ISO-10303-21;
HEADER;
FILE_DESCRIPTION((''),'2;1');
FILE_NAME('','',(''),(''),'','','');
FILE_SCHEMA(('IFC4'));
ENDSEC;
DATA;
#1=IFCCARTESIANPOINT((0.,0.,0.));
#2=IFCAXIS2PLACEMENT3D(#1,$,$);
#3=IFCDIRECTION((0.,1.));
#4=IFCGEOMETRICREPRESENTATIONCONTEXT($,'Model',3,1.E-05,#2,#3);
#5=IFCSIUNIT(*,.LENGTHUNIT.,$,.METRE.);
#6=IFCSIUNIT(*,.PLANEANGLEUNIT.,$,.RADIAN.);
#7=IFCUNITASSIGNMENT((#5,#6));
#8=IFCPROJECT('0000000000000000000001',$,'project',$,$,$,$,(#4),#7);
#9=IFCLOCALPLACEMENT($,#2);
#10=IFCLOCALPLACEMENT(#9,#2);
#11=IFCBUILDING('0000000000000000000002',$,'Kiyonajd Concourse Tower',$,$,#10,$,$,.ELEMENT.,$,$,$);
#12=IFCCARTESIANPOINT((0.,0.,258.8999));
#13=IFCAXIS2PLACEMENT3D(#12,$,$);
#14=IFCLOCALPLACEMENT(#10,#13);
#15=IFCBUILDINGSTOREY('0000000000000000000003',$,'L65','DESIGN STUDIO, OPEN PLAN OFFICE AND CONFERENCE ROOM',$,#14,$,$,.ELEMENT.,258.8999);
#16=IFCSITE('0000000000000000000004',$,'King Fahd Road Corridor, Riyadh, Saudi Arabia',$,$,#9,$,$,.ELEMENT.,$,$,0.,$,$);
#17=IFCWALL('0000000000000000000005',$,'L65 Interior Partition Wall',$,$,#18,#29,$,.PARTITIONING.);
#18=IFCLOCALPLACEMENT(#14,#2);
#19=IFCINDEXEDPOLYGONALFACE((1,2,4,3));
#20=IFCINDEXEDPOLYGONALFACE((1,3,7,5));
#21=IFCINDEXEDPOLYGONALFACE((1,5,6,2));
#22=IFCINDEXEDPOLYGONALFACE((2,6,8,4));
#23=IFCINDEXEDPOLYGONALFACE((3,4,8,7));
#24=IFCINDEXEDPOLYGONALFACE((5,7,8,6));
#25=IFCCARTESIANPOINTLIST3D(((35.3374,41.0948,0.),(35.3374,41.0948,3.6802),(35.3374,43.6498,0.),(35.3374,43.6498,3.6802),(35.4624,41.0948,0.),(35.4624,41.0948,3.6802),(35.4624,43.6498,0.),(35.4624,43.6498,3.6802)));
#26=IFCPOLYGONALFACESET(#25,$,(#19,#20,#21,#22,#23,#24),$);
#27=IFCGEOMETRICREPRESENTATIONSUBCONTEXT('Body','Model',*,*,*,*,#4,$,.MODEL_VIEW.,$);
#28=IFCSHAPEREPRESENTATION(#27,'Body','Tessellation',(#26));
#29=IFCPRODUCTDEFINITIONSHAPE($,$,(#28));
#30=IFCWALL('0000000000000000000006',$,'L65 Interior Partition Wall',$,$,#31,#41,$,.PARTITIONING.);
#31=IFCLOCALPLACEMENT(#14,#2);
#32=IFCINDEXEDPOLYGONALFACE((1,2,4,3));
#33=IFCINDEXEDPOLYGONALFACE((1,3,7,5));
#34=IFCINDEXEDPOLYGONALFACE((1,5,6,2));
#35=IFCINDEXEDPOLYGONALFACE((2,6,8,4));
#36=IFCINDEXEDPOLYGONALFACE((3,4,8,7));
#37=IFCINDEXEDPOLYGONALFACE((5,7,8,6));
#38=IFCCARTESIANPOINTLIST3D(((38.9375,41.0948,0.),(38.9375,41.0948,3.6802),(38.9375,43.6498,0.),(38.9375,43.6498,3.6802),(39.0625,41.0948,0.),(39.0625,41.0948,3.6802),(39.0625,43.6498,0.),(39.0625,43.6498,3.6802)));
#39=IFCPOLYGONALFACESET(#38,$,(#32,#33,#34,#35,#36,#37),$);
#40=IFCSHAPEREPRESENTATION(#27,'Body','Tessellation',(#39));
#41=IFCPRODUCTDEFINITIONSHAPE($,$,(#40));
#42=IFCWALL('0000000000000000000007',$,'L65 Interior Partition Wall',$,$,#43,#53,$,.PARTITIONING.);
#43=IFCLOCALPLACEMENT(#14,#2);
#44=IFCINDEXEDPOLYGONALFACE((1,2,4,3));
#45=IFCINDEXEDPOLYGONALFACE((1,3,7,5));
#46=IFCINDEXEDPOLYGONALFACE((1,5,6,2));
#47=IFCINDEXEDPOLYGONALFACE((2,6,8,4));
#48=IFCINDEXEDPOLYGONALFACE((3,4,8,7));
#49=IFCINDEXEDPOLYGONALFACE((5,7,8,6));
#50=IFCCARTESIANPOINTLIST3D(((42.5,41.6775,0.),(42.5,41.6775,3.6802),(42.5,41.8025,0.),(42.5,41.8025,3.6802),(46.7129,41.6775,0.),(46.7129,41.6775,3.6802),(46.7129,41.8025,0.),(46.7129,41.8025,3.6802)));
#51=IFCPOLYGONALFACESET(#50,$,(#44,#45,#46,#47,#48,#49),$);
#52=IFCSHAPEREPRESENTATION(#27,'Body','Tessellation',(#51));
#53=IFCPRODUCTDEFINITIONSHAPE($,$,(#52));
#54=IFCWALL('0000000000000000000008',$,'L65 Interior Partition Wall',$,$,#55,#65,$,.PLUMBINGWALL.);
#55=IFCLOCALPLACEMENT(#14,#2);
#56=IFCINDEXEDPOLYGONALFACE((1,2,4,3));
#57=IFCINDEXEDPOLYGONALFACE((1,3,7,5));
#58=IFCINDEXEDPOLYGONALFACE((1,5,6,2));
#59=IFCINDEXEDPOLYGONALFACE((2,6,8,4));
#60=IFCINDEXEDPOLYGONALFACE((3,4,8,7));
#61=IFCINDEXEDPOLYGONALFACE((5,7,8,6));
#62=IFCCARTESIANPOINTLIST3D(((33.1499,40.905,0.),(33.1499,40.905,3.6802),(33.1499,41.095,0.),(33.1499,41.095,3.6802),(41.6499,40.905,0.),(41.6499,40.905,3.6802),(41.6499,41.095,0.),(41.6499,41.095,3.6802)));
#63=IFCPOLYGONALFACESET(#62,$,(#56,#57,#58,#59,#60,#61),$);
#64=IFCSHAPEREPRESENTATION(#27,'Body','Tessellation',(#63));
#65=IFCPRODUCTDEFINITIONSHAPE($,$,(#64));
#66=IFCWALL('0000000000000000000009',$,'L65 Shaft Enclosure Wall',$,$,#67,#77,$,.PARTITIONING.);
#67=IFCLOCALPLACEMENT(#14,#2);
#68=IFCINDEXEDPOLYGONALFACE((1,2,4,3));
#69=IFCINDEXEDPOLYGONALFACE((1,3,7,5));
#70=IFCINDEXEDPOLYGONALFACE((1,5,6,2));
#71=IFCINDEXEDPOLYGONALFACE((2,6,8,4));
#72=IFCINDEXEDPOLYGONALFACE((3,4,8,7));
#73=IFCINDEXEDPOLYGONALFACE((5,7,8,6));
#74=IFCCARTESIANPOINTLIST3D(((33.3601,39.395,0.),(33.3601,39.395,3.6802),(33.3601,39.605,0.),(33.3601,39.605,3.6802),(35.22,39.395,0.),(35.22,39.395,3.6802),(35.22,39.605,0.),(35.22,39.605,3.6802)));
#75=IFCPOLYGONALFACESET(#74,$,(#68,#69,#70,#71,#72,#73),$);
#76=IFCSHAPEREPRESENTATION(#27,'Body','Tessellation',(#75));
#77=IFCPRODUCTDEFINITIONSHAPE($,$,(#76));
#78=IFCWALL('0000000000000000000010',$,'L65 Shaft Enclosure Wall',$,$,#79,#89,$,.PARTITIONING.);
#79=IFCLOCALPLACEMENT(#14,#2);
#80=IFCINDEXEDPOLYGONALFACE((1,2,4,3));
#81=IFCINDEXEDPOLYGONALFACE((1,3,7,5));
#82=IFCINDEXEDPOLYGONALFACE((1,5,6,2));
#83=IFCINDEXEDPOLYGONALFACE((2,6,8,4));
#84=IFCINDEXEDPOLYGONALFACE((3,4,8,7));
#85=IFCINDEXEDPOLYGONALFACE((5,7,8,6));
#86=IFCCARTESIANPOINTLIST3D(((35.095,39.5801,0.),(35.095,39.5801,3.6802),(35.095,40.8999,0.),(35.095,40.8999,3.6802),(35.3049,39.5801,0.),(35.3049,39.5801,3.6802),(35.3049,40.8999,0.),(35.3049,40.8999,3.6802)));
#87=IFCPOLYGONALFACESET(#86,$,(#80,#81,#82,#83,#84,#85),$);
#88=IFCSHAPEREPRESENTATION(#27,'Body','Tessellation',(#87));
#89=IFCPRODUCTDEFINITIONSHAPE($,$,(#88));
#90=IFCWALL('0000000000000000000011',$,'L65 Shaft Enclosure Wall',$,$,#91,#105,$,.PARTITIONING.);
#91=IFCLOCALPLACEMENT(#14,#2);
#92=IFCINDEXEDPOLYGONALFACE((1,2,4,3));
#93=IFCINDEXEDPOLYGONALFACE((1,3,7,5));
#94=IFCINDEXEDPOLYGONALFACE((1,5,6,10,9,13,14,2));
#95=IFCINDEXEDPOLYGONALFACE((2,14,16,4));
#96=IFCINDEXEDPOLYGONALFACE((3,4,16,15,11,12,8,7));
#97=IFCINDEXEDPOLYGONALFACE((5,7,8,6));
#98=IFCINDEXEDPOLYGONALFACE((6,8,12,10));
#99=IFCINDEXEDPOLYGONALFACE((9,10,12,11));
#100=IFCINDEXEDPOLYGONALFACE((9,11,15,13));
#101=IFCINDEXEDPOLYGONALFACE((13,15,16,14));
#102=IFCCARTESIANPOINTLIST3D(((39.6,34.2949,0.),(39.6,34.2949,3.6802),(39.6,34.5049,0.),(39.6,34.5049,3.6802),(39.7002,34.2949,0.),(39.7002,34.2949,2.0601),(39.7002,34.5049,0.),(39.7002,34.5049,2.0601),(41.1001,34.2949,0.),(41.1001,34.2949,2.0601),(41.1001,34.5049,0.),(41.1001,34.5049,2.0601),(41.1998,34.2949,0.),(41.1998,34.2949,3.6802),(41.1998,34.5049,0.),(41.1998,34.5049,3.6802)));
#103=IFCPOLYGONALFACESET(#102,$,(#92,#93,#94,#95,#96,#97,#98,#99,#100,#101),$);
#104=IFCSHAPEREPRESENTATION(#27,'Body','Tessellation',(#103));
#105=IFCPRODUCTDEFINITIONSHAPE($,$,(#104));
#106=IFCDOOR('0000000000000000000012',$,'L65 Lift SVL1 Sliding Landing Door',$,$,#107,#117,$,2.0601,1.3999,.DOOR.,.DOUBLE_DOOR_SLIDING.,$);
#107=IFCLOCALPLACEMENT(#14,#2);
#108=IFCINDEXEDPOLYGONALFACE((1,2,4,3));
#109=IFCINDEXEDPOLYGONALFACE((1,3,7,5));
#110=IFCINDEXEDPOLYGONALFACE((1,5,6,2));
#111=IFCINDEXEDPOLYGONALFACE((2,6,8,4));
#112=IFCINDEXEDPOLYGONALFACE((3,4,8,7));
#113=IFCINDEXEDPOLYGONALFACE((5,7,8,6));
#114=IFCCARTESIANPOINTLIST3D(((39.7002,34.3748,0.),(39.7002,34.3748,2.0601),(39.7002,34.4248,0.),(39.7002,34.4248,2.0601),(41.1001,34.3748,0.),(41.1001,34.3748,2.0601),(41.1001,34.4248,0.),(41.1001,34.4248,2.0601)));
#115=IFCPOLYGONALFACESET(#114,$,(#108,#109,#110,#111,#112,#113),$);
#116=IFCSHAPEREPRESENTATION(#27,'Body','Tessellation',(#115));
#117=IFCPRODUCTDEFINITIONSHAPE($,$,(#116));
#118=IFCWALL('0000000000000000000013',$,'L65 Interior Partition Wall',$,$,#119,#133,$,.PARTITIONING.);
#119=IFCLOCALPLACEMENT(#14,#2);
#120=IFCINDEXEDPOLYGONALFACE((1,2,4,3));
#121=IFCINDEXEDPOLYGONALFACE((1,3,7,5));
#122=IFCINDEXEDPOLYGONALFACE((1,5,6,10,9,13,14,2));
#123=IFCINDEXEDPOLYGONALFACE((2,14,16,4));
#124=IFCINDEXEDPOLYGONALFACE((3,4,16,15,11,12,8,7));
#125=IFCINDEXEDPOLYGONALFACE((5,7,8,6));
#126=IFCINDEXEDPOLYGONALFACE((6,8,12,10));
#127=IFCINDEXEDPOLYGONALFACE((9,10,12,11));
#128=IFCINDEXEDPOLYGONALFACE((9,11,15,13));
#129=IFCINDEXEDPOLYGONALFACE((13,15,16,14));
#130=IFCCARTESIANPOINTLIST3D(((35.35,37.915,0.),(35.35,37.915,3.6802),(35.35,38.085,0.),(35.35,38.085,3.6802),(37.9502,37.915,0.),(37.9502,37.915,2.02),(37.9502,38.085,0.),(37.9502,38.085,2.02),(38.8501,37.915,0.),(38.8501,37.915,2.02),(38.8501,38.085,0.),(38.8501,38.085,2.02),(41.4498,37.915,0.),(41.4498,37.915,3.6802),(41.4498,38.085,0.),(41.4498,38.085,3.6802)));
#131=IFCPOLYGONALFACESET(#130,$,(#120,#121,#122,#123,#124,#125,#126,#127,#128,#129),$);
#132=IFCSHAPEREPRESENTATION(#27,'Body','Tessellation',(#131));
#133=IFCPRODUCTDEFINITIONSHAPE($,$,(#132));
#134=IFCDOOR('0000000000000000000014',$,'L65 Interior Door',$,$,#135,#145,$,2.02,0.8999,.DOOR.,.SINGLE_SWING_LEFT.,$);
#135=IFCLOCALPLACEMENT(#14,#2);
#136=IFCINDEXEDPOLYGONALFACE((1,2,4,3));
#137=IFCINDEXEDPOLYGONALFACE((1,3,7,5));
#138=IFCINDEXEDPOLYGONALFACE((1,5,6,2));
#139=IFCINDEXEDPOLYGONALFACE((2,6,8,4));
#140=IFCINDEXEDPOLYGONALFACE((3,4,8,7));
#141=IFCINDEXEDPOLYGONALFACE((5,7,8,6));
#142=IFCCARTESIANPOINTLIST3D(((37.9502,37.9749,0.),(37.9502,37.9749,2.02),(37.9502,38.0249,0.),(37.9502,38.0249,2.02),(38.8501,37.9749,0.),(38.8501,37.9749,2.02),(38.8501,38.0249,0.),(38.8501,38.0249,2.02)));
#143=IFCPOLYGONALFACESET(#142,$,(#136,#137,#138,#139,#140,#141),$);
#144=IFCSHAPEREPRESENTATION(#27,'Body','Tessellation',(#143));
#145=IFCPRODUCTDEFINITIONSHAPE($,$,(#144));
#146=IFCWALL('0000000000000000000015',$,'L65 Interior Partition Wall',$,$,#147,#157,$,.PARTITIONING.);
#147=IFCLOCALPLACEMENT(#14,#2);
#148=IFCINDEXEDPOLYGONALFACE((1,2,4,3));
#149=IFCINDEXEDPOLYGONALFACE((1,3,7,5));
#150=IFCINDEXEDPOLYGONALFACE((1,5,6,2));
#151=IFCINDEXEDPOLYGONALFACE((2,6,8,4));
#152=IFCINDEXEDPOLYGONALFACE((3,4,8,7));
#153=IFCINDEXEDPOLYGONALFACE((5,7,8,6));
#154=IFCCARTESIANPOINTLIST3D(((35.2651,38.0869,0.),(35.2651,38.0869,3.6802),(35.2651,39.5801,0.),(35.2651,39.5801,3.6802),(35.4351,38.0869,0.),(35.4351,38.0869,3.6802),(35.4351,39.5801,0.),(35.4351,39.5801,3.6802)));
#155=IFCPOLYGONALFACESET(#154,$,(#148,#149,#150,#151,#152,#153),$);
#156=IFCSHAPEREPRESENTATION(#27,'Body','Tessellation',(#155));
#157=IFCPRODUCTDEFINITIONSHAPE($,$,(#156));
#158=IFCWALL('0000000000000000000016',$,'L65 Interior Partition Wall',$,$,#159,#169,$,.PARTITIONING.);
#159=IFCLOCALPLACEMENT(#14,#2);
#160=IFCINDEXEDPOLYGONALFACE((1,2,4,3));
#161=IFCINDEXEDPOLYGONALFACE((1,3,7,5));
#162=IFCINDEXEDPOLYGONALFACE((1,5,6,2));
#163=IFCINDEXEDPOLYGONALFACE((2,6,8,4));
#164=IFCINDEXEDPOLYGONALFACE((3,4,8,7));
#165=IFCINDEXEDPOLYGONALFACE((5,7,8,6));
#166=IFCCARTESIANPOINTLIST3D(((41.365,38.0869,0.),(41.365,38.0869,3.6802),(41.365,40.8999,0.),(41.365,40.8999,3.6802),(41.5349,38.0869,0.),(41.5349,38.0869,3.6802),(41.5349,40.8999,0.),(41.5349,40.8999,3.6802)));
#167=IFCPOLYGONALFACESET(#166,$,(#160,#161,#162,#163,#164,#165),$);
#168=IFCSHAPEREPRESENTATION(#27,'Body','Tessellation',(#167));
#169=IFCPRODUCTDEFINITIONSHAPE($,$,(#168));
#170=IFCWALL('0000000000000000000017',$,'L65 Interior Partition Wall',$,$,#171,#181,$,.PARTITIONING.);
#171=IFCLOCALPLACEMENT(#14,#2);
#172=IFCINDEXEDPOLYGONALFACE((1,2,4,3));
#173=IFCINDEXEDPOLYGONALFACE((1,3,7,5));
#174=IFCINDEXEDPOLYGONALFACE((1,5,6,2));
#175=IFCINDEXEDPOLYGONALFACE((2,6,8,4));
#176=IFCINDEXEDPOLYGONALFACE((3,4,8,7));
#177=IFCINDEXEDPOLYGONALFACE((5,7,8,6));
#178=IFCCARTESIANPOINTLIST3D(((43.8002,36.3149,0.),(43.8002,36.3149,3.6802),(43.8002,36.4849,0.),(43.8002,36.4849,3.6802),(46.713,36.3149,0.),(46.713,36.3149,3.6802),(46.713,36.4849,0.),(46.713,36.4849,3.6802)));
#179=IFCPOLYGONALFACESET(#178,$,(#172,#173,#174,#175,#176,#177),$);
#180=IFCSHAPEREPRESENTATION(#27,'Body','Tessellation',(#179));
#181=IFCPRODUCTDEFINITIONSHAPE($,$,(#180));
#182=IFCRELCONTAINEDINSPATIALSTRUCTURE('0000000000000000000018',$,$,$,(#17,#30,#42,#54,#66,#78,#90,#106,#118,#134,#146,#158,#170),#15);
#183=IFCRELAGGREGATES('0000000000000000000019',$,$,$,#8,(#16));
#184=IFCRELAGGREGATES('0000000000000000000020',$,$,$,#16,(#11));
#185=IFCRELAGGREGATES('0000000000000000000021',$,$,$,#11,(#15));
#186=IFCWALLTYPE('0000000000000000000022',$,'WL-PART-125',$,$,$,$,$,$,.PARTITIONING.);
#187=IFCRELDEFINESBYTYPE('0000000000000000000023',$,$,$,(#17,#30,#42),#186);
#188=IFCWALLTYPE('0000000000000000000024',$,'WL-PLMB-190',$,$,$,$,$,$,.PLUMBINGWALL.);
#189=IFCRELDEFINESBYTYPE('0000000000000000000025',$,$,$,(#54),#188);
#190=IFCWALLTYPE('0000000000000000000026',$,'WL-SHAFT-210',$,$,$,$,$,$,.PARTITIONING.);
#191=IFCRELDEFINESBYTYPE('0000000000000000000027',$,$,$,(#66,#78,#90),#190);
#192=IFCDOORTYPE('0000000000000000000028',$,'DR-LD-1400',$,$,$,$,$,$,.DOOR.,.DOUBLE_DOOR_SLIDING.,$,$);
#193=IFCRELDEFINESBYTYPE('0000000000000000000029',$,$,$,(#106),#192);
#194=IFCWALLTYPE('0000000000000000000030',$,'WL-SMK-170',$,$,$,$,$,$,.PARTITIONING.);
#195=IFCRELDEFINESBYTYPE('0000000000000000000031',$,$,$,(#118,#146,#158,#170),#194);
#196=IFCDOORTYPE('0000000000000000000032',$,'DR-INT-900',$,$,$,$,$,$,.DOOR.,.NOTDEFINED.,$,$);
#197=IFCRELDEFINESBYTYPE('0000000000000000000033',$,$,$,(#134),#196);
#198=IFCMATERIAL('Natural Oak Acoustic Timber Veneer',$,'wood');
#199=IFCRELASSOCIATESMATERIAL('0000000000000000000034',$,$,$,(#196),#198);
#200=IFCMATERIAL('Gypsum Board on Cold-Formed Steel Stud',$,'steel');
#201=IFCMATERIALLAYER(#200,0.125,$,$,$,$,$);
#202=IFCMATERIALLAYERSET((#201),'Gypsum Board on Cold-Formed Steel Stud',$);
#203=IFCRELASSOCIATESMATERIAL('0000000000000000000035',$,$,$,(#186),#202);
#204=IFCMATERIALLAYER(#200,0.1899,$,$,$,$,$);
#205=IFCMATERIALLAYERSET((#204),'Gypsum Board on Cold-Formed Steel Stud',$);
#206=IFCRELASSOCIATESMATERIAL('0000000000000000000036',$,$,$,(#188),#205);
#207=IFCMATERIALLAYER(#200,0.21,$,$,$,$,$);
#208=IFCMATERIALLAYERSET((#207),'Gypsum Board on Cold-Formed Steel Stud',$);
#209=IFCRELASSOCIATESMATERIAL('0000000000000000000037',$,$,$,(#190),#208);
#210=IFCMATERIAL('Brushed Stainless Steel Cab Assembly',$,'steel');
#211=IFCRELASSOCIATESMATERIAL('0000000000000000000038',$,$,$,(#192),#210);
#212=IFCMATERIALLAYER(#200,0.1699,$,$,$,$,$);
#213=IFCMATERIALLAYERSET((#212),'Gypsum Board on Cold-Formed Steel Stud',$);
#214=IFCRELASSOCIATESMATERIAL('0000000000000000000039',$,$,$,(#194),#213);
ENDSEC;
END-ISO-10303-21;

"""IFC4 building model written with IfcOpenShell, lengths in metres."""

from ifc_helpers import new_model, si_unit, direction, frame, frame_2d, origin, place, context, subcontext, project, spatial, rectangle, extrude, material, layer, layer_set, type_object, element, fill, save


model = new_model("IFC4")

# Units and contexts
model_context = context("Model", 3, precision=1e-05, world=origin(), true_north=direction((0.0, 1.0)))
body_context = subcontext(model_context, "Body", "Model", "MODEL_VIEW")
ifc_project = project(units=[si_unit("LENGTHUNIT", "METRE"), si_unit("PLANEANGLEUNIT", "RADIAN")], contexts=[model_context])

# Site, building, storey
site_placement = place(None, origin())
site = spatial("IfcSite", under=ifc_project, at=site_placement, Name="King Fahd Road Corridor, Riyadh, Saudi Arabia", CompositionType="ELEMENT", RefElevation=0.0)
building_placement = place(site_placement, origin())
building = spatial("IfcBuilding", under=site, at=building_placement, Name="Kiyonajd Concourse Tower", CompositionType="ELEMENT")
storey_placement = place(building_placement, frame((0.0, 0.0, 258.8999)))
storey = spatial("IfcBuildingStorey", under=building, at=storey_placement, Name="L65", Description="DESIGN STUDIO, OPEN PLAN OFFICE AND CONFERENCE ROOM", CompositionType="ELEMENT", Elevation=258.8999)

# Shared definitions
ifc_material_1 = material(Name="Natural Oak Acoustic Timber Veneer", Category="wood")
door_type_1 = type_object("IfcDoorType", Name="DR-INT-900", OperationType="NOTDEFINED", PredefinedType="DOOR", material=ifc_material_1)

# Walls
ifc_material_2 = material(Name="Gypsum Board on Cold-Formed Steel Stud", Category="steel")
ifc_layer_1 = layer(ifc_material_2, 0.125)
ifc_layer_set_1 = layer_set([ifc_layer_1], Name="Gypsum Board on Cold-Formed Steel Stud")
wall_type_1 = type_object("IfcWallType", Name="WL-PART-125", PredefinedType="PARTITIONING", material=ifc_layer_set_1)
for number, where, z_axis, x_axis, name in (
    (1, (35.3999, 41.095, 0.0), (0.0, 0.0, 1.0), (0.0, 1.0, 0.0), "L65 Interior Partition Wall"),
    (2, (39.0, 41.095, 0.0), (0.0, 0.0, 1.0), (0.0, 1.0, 0.0), "L65 Interior Partition Wall"),
):
    element("IfcWall", number, at=place(storey_placement, frame(where, z_axis=z_axis, x_axis=x_axis)), inside=storey, type_object=wall_type_1, Name=name, PredefinedType="PARTITIONING", context=body_context, shape_type="SweptSolid", body=[
        extrude(rectangle(XDim=2.5549, YDim=0.125, at=frame_2d((1.2773, 0.0))), origin(), (0.0, 0.0, 1.0), 3.6802),
    ])
wall_1_placement = place(storey_placement, frame((42.5, 41.74, 0.0), z_axis=(0.0, 0.0, 1.0), x_axis=(1.0, 0.0, 0.0)))
element("IfcWall", 3, at=wall_1_placement, inside=storey, type_object=wall_type_1, Name="L65 Interior Partition Wall", PredefinedType="PARTITIONING", context=body_context, shape_type="SweptSolid", body=[
    extrude(rectangle(XDim=4.2129, YDim=0.125, at=frame_2d((2.1064, 0.0))), origin(), (0.0, 0.0, 1.0), 3.6802),
])
ifc_layer_2 = layer(ifc_material_2, 0.1899)
ifc_layer_set_2 = layer_set([ifc_layer_2], Name="Gypsum Board on Cold-Formed Steel Stud")
wall_type_2 = type_object("IfcWallType", Name="WL-PLMB-190", PredefinedType="PLUMBINGWALL", material=ifc_layer_set_2)
wall_2_placement = place(storey_placement, frame((33.1499, 41.0, 0.0), z_axis=(0.0, 0.0, 1.0), x_axis=(1.0, 0.0, 0.0)))
element("IfcWall", 4, at=wall_2_placement, inside=storey, type_object=wall_type_2, Name="L65 Interior Partition Wall", PredefinedType="PLUMBINGWALL", context=body_context, shape_type="SweptSolid", body=[
    extrude(rectangle(XDim=8.5, YDim=0.1899, at=frame_2d((4.25, 0.0))), origin(), (0.0, 0.0, 1.0), 3.6802),
])
ifc_layer_3 = layer(ifc_material_2, 0.21)
ifc_layer_set_3 = layer_set([ifc_layer_3], Name="Gypsum Board on Cold-Formed Steel Stud")
wall_type_3 = type_object("IfcWallType", Name="WL-SHAFT-210", PredefinedType="PARTITIONING", material=ifc_layer_set_3)
wall_3_placement = place(storey_placement, frame((33.3601, 39.5, 0.0), z_axis=(0.0, 0.0, 1.0), x_axis=(1.0, 0.0, 0.0)))
element("IfcWall", 5, at=wall_3_placement, inside=storey, type_object=wall_type_3, Name="L65 Shaft Enclosure Wall", PredefinedType="PARTITIONING", context=body_context, shape_type="SweptSolid", body=[
    extrude(rectangle(XDim=1.8599, YDim=0.21, at=frame_2d((0.9299, 0.0))), origin(), (0.0, 0.0, 1.0), 3.6802),
])
wall_4_placement = place(storey_placement, frame((35.2, 39.5801, 0.0), z_axis=(0.0, 0.0, 1.0), x_axis=(0.0, 1.0, 0.0)))
element("IfcWall", 6, at=wall_4_placement, inside=storey, type_object=wall_type_3, Name="L65 Shaft Enclosure Wall", PredefinedType="PARTITIONING", context=body_context, shape_type="SweptSolid", body=[
    extrude(rectangle(XDim=1.3198, YDim=0.21, at=frame_2d((0.6599, 0.0))), origin(), (0.0, 0.0, 1.0), 3.6802),
])

# Walls, openings, doors
wall_5_placement = place(storey_placement, frame((39.6001, 34.3999, 0.0), z_axis=(0.0, 0.0, 1.0), x_axis=(1.0, 0.0, 0.0)))
wall_5 = element("IfcWall", 7, at=wall_5_placement, inside=storey, type_object=wall_type_3, Name="L65 Shaft Enclosure Wall", PredefinedType="PARTITIONING", context=body_context, shape_type="SweptSolid", body=[
    extrude(rectangle(XDim=1.5999, YDim=0.21, at=frame_2d((0.7998, 0.0))), origin(), (0.0, 0.0, 1.0), 3.6802),
])
opening_1_placement = place(wall_5_placement, frame((0.1001, 0.0, 0.0)))
opening_1 = element("IfcOpeningElement", 8, at=opening_1_placement, cuts=wall_5, PredefinedType="OPENING", context=body_context, shape_type="SweptSolid", body=[
    extrude(rectangle(XDim=1.3999, YDim=2.0601, at=frame_2d((0.7, 1.03))), frame((0.0, 0.115, 0.0), z_axis=(0.0, -1.0, 0.0), x_axis=(1.0, 0.0, 0.0)), (0.0, 0.0, 1.0), 0.23),
])
ifc_material_3 = material(Name="Brushed Stainless Steel Cab Assembly", Category="steel")
door_type_2 = type_object("IfcDoorType", Name="DR-LD-1400", OperationType="DOUBLE_DOOR_SLIDING", PredefinedType="DOOR", material=ifc_material_3)
door_1_placement = place(opening_1_placement, origin())
door_1 = element("IfcDoor", 9, at=door_1_placement, inside=storey, type_object=door_type_2, Name="L65 Lift SVL1 Sliding Landing Door", OperationType="DOUBLE_DOOR_SLIDING", OverallHeight=2.0601, OverallWidth=1.3999, PredefinedType="DOOR", context=body_context, shape_type="SweptSolid", body=[
    extrude(rectangle(XDim=1.3999, YDim=2.0601, at=frame_2d((0.7, 1.03))), frame((0.0, 0.0249, 0.0), z_axis=(0.0, -1.0, 0.0), x_axis=(1.0, 0.0, 0.0)), (0.0, 0.0, 1.0), 0.05),
])
fill(opening_1, door_1)
ifc_layer_4 = layer(ifc_material_2, 0.1699)
ifc_layer_set_4 = layer_set([ifc_layer_4], Name="Gypsum Board on Cold-Formed Steel Stud")
wall_type_4 = type_object("IfcWallType", Name="WL-SMK-170", PredefinedType="PARTITIONING", material=ifc_layer_set_4)
wall_6_placement = place(storey_placement, frame((35.3501, 38.0, 0.0), z_axis=(0.0, 0.0, 1.0), x_axis=(1.0, 0.0, 0.0)))
wall_6 = element("IfcWall", 10, at=wall_6_placement, inside=storey, type_object=wall_type_4, Name="L65 Interior Partition Wall", PredefinedType="PARTITIONING", context=body_context, shape_type="SweptSolid", body=[
    extrude(rectangle(XDim=6.0999, YDim=0.1699, at=frame_2d((3.0498, 0.0))), origin(), (0.0, 0.0, 1.0), 3.6802),
])
opening_2_placement = place(wall_6_placement, frame((2.6001, 0.0, 0.0)))
opening_2 = element("IfcOpeningElement", 11, at=opening_2_placement, cuts=wall_6, PredefinedType="OPENING", context=body_context, shape_type="SweptSolid", body=[
    extrude(rectangle(XDim=0.8999, YDim=2.02, at=frame_2d((0.45, 1.01))), frame((0.0, 0.095, 0.0), z_axis=(0.0, -1.0, 0.0), x_axis=(1.0, 0.0, 0.0)), (0.0, 0.0, 1.0), 0.1899),
])
door_2_placement = place(opening_2_placement, origin())
door_2 = element("IfcDoor", 12, at=door_2_placement, inside=storey, type_object=door_type_1, Name="L65 Interior Door", OperationType="SINGLE_SWING_LEFT", OverallHeight=2.02, OverallWidth=0.8999, PredefinedType="DOOR", context=body_context, shape_type="SweptSolid", body=[
    extrude(rectangle(XDim=0.8999, YDim=2.02, at=frame_2d((0.45, 1.01))), frame((0.0, 0.0249, 0.0), z_axis=(0.0, -1.0, 0.0), x_axis=(1.0, 0.0, 0.0)), (0.0, 0.0, 1.0), 0.05),
])
fill(opening_2, door_2)

# Walls
wall_7_placement = place(storey_placement, frame((35.3501, 38.0869, 0.0), z_axis=(0.0, 0.0, 1.0), x_axis=(0.0, 1.0, 0.0)))
element("IfcWall", 13, at=wall_7_placement, inside=storey, type_object=wall_type_4, Name="L65 Interior Partition Wall", PredefinedType="PARTITIONING", context=body_context, shape_type="SweptSolid", body=[
    extrude(rectangle(XDim=1.4932, YDim=0.1699, at=frame_2d((0.7466, 0.0))), origin(), (0.0, 0.0, 1.0), 3.6802),
])
wall_8_placement = place(storey_placement, frame((41.45, 38.0869, 0.0), z_axis=(0.0, 0.0, 1.0), x_axis=(0.0, 1.0, 0.0)))
element("IfcWall", 14, at=wall_8_placement, inside=storey, type_object=wall_type_4, Name="L65 Interior Partition Wall", PredefinedType="PARTITIONING", context=body_context, shape_type="SweptSolid", body=[
    extrude(rectangle(XDim=2.813, YDim=0.1699, at=frame_2d((1.4065, 0.0))), origin(), (0.0, 0.0, 1.0), 3.6802),
])
wall_9_placement = place(storey_placement, frame((43.8, 36.3999, 0.0), z_axis=(0.0, 0.0, 1.0), x_axis=(1.0, 0.0, 0.0)))
element("IfcWall", 15, at=wall_9_placement, inside=storey, type_object=wall_type_4, Name="L65 Interior Partition Wall", PredefinedType="PARTITIONING", context=body_context, shape_type="SweptSolid", body=[
    extrude(rectangle(XDim=2.9128, YDim=0.1699, at=frame_2d((1.4565, 0.0))), origin(), (0.0, 0.0, 1.0), 3.6802),
])

save(model, "model.ifc")
